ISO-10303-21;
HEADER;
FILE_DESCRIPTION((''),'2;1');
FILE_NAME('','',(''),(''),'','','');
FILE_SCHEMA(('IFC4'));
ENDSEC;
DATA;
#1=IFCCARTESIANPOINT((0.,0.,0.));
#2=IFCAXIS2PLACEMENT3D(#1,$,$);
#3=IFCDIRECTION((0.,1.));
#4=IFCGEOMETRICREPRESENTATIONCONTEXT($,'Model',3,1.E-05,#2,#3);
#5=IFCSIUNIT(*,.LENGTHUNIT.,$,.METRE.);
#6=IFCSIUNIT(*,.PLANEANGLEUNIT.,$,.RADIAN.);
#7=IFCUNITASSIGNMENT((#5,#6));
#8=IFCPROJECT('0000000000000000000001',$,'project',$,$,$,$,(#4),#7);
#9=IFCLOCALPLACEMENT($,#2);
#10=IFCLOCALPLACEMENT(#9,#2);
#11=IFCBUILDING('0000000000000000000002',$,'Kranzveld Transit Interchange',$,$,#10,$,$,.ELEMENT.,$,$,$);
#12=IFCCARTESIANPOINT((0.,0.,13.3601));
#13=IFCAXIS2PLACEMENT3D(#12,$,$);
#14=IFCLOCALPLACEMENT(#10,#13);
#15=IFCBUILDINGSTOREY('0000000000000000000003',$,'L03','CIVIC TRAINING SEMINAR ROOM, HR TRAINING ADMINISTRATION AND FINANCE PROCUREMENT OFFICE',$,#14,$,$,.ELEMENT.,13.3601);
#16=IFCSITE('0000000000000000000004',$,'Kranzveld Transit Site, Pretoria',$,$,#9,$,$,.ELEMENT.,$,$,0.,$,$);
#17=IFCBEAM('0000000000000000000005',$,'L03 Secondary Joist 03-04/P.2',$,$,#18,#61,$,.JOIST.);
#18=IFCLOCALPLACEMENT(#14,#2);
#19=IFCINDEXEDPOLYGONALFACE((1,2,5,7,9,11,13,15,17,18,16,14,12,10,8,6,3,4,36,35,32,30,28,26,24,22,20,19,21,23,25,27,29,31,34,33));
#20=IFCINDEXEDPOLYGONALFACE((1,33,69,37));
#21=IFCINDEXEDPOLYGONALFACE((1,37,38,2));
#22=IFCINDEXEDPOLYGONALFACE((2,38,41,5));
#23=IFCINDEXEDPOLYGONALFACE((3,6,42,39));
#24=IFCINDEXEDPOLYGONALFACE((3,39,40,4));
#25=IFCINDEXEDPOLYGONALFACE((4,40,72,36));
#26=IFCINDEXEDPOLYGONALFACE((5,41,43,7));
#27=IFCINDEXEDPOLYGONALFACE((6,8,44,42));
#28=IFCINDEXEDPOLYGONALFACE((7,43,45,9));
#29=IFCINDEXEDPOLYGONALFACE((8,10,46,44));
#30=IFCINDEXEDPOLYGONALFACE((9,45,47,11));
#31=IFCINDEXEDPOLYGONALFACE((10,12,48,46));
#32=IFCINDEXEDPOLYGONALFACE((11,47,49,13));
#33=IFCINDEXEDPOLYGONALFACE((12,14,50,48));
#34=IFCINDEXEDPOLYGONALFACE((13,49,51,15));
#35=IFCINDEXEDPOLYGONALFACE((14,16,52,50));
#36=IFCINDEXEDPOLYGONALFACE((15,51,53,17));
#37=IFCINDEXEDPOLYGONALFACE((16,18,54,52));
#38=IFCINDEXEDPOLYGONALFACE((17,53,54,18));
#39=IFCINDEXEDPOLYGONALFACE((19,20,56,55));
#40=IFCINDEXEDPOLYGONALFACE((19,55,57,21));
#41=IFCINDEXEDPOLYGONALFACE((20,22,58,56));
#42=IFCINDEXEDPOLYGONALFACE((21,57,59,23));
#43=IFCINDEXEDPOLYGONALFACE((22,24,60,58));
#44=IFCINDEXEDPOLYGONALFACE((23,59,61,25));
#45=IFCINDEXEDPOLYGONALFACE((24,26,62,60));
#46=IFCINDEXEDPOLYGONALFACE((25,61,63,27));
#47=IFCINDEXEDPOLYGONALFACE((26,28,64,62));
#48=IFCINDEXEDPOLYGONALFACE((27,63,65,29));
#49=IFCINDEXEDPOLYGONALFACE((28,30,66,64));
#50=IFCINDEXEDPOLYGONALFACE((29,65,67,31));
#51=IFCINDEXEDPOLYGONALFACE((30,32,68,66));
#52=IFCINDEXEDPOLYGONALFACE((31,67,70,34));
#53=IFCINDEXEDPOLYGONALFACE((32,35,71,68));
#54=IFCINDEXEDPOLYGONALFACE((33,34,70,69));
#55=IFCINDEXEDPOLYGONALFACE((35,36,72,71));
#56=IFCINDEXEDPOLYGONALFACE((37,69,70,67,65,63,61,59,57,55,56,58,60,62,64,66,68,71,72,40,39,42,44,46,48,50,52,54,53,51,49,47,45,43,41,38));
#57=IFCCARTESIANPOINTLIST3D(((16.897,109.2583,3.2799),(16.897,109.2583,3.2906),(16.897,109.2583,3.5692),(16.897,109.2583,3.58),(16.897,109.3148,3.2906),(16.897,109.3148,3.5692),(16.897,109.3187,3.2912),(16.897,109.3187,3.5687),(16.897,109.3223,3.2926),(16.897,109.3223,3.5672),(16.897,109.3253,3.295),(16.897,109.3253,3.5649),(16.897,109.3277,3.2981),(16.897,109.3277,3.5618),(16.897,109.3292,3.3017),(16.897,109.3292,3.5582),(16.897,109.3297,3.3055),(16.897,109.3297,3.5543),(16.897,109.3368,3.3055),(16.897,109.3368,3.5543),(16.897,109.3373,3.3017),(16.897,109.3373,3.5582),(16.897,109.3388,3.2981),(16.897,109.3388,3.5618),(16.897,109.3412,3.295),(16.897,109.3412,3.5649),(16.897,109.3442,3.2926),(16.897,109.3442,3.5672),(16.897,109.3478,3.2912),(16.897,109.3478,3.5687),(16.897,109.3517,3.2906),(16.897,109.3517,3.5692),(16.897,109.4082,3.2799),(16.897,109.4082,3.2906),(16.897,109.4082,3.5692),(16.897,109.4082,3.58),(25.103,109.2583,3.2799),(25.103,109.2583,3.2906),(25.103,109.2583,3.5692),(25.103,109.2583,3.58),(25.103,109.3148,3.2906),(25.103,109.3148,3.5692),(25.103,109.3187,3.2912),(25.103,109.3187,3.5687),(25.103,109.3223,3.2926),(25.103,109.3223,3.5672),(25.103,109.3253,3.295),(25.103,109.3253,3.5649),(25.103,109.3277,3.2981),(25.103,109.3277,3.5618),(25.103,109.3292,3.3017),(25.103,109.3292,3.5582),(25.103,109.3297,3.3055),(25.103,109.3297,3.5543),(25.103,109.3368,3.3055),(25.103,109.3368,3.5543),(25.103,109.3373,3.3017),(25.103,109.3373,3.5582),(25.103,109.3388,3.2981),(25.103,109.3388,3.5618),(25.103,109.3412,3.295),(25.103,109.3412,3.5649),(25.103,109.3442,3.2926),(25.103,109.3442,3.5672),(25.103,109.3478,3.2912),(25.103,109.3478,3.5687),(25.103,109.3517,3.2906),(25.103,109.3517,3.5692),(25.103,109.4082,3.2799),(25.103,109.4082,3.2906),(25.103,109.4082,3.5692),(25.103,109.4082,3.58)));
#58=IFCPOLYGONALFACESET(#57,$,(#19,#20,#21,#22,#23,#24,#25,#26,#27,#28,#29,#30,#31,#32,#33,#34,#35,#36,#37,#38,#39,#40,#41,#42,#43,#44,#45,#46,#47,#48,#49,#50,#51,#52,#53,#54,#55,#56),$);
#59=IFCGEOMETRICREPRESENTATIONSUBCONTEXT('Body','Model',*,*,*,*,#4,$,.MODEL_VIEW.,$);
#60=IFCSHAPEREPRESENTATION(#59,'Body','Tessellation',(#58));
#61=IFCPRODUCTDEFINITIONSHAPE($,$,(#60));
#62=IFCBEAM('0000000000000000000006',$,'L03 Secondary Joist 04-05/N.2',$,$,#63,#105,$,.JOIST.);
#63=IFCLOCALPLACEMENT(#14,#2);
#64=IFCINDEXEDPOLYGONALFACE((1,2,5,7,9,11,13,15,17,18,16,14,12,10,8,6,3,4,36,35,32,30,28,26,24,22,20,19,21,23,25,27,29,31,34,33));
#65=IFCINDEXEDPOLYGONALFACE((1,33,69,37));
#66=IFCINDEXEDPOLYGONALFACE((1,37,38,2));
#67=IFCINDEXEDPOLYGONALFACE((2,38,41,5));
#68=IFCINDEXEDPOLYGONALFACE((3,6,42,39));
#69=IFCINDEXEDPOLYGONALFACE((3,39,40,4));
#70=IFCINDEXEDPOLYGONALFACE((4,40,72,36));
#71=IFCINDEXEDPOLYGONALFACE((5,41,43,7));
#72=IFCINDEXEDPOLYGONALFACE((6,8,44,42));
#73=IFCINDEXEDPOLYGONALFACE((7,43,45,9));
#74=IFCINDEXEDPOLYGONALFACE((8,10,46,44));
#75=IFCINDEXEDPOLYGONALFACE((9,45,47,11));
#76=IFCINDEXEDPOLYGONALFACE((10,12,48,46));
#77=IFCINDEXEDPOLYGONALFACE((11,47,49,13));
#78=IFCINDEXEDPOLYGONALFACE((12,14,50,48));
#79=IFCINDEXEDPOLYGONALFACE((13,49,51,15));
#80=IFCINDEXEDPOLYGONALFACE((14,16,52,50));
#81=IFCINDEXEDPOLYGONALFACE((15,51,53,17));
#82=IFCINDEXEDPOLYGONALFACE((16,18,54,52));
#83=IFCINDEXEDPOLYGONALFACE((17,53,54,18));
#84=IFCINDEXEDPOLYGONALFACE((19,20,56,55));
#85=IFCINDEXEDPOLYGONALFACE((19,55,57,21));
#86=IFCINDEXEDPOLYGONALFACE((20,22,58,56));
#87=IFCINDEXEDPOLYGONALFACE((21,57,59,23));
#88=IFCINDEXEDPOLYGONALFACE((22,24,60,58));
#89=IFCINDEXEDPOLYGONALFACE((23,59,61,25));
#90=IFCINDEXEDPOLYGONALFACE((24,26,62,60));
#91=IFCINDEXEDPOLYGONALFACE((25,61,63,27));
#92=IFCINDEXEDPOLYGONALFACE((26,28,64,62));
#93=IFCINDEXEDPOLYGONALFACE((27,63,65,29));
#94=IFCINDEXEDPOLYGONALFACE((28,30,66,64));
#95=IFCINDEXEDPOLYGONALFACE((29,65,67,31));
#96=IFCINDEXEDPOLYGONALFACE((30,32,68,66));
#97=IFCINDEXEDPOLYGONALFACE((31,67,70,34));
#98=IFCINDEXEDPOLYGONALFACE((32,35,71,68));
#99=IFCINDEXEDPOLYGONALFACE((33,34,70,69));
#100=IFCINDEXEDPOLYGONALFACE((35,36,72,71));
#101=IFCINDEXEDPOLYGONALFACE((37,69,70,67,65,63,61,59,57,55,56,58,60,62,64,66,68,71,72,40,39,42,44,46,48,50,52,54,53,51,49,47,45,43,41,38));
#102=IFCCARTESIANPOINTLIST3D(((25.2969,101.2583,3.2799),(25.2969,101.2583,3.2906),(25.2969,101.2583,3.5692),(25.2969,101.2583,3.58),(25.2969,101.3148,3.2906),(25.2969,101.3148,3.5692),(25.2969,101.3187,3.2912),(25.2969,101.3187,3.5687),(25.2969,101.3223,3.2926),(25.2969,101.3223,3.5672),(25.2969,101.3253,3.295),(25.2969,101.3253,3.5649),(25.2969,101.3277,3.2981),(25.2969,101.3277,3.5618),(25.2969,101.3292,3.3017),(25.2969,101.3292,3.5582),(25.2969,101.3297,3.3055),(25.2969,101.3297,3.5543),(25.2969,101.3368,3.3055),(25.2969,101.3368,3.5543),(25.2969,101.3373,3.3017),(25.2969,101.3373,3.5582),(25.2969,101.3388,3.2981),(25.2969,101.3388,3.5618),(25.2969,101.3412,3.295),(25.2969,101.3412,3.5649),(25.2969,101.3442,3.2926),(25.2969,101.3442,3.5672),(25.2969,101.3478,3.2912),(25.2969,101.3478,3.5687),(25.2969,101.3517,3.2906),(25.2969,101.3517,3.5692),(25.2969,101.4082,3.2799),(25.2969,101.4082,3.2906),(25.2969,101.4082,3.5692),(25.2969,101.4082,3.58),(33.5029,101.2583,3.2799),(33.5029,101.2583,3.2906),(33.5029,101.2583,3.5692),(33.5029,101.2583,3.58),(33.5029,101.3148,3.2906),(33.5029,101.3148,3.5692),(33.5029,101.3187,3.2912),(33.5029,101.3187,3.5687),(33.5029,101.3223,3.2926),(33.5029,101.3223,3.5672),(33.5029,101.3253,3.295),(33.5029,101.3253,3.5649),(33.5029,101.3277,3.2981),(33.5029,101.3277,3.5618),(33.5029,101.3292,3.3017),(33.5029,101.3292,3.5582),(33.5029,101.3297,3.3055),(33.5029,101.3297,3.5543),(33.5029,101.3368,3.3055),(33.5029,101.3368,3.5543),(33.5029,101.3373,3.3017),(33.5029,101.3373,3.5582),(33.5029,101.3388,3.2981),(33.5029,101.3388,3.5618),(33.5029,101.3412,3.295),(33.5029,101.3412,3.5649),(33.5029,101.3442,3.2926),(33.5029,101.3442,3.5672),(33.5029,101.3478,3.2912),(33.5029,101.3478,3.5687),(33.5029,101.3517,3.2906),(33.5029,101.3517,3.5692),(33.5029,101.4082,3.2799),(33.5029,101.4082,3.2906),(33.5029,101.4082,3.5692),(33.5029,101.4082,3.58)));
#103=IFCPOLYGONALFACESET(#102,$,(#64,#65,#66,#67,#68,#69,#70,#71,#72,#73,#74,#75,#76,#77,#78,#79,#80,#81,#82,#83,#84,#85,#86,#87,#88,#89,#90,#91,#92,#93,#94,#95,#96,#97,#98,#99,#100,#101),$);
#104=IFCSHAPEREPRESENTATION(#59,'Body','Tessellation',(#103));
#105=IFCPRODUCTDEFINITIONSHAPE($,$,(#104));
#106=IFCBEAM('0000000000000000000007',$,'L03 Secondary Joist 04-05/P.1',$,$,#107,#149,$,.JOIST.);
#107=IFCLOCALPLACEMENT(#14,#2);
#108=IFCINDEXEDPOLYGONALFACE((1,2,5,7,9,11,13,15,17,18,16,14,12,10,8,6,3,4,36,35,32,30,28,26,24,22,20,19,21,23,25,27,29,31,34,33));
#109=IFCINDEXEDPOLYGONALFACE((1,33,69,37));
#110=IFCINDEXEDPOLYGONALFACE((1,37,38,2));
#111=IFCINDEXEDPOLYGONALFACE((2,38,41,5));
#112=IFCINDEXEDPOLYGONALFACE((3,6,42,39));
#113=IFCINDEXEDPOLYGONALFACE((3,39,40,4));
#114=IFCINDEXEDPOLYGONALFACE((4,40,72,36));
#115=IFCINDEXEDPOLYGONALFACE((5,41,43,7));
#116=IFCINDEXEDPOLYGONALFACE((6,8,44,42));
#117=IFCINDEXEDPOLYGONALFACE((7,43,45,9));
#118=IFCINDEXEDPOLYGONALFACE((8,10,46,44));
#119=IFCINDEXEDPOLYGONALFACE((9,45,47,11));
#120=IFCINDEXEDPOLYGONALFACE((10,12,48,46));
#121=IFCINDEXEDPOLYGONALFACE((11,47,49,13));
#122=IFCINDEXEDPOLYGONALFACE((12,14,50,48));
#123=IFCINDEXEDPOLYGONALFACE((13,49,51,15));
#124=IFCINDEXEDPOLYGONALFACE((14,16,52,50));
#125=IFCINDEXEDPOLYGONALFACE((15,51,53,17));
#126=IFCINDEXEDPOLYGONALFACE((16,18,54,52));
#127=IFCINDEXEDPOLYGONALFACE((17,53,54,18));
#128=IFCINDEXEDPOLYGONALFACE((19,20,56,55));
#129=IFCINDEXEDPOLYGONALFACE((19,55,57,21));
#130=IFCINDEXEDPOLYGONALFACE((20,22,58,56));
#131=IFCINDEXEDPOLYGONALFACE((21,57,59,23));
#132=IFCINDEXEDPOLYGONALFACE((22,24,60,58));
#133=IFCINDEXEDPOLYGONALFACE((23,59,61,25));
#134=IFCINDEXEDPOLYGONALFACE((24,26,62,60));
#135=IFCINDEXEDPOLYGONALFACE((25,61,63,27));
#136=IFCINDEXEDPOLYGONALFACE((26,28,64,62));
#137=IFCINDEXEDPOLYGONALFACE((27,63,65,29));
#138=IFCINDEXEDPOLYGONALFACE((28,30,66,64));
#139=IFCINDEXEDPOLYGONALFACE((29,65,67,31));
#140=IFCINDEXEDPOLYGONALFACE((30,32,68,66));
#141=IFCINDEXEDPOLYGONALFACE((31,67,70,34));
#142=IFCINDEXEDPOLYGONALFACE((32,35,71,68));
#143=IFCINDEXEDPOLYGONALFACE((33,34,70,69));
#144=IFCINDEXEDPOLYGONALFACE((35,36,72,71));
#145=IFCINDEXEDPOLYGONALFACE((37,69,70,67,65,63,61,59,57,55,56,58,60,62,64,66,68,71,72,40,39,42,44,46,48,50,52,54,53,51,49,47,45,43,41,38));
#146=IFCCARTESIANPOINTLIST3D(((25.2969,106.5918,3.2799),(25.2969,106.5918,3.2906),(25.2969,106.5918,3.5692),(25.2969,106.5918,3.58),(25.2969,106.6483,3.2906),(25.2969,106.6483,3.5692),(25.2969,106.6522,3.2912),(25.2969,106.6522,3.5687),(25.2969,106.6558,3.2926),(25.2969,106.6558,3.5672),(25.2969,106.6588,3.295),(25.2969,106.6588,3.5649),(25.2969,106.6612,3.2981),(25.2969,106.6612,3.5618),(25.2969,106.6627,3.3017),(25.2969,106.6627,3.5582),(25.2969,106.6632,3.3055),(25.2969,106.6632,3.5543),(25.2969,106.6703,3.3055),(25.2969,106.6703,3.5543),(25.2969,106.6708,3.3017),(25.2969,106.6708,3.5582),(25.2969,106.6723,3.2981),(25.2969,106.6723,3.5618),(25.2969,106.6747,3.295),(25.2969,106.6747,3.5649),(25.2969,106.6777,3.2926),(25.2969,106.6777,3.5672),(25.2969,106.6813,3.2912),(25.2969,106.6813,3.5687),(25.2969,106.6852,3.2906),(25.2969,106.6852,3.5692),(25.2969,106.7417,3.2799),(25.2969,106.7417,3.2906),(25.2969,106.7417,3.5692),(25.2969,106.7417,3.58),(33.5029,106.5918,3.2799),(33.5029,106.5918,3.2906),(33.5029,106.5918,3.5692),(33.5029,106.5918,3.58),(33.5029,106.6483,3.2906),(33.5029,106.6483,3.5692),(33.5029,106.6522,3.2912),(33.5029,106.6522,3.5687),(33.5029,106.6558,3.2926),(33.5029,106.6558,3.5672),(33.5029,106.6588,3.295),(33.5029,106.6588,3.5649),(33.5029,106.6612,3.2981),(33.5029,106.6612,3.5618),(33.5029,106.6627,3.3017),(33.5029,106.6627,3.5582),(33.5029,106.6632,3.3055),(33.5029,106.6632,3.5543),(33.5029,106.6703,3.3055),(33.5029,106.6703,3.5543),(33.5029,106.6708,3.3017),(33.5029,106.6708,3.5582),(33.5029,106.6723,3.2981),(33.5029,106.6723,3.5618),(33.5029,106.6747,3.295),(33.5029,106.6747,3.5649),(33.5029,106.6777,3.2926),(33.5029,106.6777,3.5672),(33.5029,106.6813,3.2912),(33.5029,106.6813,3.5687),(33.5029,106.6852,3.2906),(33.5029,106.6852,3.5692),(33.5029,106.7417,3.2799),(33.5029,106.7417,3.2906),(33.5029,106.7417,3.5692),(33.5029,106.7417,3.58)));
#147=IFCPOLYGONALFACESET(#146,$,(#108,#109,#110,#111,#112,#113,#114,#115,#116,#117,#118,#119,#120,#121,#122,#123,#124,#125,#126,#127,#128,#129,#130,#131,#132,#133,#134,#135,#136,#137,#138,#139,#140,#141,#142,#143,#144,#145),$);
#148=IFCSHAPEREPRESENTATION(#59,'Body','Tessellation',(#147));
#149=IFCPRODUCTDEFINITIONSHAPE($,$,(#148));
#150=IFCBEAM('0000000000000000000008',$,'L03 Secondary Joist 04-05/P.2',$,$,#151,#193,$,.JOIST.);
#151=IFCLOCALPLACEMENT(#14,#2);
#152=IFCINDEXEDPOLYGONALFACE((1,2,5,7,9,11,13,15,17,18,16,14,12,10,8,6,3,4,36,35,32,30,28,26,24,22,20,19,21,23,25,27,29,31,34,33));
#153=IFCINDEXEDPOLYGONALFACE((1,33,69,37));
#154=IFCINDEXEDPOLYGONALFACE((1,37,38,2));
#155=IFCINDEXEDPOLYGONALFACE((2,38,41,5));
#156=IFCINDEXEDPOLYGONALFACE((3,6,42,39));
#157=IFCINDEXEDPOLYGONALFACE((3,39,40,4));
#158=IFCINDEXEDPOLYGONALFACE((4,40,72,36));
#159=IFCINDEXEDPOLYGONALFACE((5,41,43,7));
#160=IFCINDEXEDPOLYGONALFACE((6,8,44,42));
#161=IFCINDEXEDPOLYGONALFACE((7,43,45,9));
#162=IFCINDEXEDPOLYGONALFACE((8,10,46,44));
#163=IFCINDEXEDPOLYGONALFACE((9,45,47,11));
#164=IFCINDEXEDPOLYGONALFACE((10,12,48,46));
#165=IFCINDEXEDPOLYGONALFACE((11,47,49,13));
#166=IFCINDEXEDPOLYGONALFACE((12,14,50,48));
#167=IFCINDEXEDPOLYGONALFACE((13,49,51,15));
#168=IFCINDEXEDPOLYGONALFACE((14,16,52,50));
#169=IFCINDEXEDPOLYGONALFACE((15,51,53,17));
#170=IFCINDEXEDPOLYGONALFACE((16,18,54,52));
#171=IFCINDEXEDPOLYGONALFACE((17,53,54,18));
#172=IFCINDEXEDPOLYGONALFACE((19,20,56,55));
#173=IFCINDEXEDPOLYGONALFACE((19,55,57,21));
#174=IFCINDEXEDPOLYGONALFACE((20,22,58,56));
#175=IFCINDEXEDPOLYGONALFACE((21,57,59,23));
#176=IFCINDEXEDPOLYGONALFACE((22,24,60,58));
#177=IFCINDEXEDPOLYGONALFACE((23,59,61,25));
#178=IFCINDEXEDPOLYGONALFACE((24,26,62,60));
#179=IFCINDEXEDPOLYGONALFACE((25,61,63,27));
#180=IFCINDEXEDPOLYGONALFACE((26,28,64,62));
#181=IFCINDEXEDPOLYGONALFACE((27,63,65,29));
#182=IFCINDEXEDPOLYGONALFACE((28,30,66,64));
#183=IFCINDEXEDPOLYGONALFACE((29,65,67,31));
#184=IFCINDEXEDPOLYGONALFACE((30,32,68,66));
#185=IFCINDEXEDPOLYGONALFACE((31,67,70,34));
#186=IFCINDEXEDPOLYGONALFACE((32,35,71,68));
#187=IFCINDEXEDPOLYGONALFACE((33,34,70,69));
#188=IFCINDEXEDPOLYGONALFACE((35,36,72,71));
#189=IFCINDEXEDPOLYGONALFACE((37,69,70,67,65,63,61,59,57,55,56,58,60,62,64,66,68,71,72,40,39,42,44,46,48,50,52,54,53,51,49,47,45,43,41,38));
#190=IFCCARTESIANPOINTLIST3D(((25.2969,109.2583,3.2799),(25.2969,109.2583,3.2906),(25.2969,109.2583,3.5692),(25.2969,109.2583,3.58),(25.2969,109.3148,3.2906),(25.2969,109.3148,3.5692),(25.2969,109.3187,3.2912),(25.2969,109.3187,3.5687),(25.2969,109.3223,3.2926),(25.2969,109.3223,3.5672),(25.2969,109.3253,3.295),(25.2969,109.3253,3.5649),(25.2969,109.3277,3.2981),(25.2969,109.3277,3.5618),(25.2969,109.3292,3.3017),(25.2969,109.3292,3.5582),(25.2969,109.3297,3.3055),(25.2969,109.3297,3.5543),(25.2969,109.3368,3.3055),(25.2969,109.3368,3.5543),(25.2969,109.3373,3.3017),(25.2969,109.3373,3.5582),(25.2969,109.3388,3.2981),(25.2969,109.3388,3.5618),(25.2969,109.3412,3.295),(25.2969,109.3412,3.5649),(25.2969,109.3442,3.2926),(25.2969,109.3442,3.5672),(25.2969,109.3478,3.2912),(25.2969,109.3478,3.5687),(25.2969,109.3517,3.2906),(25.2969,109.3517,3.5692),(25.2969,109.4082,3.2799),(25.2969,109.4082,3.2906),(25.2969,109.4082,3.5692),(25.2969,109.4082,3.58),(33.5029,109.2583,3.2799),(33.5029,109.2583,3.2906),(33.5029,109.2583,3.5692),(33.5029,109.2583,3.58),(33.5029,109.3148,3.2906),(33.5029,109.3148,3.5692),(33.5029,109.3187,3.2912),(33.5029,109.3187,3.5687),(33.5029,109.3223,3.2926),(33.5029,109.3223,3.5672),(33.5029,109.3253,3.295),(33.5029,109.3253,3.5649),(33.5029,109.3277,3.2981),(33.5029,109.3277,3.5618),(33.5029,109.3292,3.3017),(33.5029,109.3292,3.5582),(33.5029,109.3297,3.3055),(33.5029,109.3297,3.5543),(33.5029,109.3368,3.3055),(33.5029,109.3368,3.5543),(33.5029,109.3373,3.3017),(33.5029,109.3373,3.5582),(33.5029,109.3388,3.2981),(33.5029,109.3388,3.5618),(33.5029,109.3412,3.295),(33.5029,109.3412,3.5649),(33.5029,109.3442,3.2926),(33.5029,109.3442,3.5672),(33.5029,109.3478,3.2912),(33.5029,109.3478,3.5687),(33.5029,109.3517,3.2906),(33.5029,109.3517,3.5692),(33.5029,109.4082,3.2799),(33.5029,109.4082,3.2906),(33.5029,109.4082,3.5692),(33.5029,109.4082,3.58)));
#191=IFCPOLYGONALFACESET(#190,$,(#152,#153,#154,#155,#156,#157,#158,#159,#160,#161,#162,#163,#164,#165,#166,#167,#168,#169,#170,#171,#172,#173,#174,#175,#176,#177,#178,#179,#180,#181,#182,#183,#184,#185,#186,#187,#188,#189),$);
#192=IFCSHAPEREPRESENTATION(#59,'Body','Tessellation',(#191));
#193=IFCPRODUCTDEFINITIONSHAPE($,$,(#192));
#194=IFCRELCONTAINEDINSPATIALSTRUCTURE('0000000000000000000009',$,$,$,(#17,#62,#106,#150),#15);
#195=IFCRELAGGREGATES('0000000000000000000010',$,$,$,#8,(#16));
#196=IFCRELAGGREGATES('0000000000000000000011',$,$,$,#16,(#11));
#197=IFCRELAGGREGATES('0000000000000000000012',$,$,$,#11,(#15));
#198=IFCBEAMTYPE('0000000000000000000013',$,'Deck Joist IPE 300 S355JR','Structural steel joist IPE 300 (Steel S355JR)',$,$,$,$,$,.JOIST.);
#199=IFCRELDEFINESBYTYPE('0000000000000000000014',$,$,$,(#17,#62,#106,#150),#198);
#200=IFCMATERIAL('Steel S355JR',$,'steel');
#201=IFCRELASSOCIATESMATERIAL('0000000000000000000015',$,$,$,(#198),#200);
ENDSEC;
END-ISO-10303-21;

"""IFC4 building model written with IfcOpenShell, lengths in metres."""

from ifc_helpers import new_model, si_unit, direction, frame, origin, origin_2d, place, context, subcontext, project, spatial, i_section, extrude, material, material_profile, profile_set, type_object, element, save


model = new_model("IFC4")

# Units and contexts
model_context = context("Model", 3, precision=1e-05, world=origin(), true_north=direction((0.0, 1.0)))
body_context = subcontext(model_context, "Body", "Model", "MODEL_VIEW")
ifc_project = project(units=[si_unit("LENGTHUNIT", "METRE"), si_unit("PLANEANGLEUNIT", "RADIAN")], contexts=[model_context])

# Site, building, storey
site_placement = place(None, origin())
site = spatial("IfcSite", under=ifc_project, at=site_placement, Name="Kranzveld Transit Site, Pretoria", CompositionType="ELEMENT", RefElevation=0.0)
building_placement = place(site_placement, origin())
building = spatial("IfcBuilding", under=site, at=building_placement, Name="Kranzveld Transit Interchange", CompositionType="ELEMENT")
storey_placement = place(building_placement, frame((0.0, 0.0, 13.3601)))
storey = spatial("IfcBuildingStorey", under=building, at=storey_placement, Name="L03", Description="CIVIC TRAINING SEMINAR ROOM, HR TRAINING ADMINISTRATION AND FINANCE PROCUREMENT OFFICE", CompositionType="ELEMENT", Elevation=13.3601)

# Beams
ifc_material_1 = material(Name="Steel S355JR", Category="steel")
ifc_material_profile_1 = material_profile(ifc_material_1, i_section(OverallWidth=0.1499, OverallDepth=0.3, WebThickness=0.0071, FlangeThickness=0.0107, FilletRadius=0.0149, at=origin_2d()), Name="IPE 300")
ifc_profile_set_1 = profile_set([ifc_material_profile_1], Name="Steel S355JR")
beam_type_1 = type_object("IfcBeamType", Name="Deck Joist IPE 300 S355JR", Description="Structural steel joist IPE 300 (Steel S355JR)", PredefinedType="JOIST", material=ifc_profile_set_1)
for number, where, z_axis, x_axis, name in (
    (1, (16.897, 109.3333, 3.4299), (1.0, 0.0, 0.0), (0.0, 1.0, 0.0), "L03 Secondary Joist 03-04/P.2"),
    (2, (25.2969, 101.3333, 3.4299), (1.0, 0.0, 0.0), (0.0, 1.0, 0.0), "L03 Secondary Joist 04-05/N.2"),
    (3, (25.2969, 106.6667, 3.4299), (1.0, 0.0, 0.0), (0.0, 1.0, 0.0), "L03 Secondary Joist 04-05/P.1"),
    (4, (25.2969, 109.3333, 3.4299), (1.0, 0.0, 0.0), (0.0, 1.0, 0.0), "L03 Secondary Joist 04-05/P.2"),
):
    element("IfcBeam", number, at=place(storey_placement, frame(where, z_axis=z_axis, x_axis=x_axis)), inside=storey, type_object=beam_type_1, Name=name, PredefinedType="JOIST", context=body_context, shape_type="SweptSolid", body=[
        extrude(i_section(OverallWidth=0.1499, OverallDepth=0.3, WebThickness=0.0071, FlangeThickness=0.0107, FilletRadius=0.0149, at=origin_2d()), origin(), (0.0, 0.0, 1.0), 8.2061),
    ])

save(model, "model.ifc")
